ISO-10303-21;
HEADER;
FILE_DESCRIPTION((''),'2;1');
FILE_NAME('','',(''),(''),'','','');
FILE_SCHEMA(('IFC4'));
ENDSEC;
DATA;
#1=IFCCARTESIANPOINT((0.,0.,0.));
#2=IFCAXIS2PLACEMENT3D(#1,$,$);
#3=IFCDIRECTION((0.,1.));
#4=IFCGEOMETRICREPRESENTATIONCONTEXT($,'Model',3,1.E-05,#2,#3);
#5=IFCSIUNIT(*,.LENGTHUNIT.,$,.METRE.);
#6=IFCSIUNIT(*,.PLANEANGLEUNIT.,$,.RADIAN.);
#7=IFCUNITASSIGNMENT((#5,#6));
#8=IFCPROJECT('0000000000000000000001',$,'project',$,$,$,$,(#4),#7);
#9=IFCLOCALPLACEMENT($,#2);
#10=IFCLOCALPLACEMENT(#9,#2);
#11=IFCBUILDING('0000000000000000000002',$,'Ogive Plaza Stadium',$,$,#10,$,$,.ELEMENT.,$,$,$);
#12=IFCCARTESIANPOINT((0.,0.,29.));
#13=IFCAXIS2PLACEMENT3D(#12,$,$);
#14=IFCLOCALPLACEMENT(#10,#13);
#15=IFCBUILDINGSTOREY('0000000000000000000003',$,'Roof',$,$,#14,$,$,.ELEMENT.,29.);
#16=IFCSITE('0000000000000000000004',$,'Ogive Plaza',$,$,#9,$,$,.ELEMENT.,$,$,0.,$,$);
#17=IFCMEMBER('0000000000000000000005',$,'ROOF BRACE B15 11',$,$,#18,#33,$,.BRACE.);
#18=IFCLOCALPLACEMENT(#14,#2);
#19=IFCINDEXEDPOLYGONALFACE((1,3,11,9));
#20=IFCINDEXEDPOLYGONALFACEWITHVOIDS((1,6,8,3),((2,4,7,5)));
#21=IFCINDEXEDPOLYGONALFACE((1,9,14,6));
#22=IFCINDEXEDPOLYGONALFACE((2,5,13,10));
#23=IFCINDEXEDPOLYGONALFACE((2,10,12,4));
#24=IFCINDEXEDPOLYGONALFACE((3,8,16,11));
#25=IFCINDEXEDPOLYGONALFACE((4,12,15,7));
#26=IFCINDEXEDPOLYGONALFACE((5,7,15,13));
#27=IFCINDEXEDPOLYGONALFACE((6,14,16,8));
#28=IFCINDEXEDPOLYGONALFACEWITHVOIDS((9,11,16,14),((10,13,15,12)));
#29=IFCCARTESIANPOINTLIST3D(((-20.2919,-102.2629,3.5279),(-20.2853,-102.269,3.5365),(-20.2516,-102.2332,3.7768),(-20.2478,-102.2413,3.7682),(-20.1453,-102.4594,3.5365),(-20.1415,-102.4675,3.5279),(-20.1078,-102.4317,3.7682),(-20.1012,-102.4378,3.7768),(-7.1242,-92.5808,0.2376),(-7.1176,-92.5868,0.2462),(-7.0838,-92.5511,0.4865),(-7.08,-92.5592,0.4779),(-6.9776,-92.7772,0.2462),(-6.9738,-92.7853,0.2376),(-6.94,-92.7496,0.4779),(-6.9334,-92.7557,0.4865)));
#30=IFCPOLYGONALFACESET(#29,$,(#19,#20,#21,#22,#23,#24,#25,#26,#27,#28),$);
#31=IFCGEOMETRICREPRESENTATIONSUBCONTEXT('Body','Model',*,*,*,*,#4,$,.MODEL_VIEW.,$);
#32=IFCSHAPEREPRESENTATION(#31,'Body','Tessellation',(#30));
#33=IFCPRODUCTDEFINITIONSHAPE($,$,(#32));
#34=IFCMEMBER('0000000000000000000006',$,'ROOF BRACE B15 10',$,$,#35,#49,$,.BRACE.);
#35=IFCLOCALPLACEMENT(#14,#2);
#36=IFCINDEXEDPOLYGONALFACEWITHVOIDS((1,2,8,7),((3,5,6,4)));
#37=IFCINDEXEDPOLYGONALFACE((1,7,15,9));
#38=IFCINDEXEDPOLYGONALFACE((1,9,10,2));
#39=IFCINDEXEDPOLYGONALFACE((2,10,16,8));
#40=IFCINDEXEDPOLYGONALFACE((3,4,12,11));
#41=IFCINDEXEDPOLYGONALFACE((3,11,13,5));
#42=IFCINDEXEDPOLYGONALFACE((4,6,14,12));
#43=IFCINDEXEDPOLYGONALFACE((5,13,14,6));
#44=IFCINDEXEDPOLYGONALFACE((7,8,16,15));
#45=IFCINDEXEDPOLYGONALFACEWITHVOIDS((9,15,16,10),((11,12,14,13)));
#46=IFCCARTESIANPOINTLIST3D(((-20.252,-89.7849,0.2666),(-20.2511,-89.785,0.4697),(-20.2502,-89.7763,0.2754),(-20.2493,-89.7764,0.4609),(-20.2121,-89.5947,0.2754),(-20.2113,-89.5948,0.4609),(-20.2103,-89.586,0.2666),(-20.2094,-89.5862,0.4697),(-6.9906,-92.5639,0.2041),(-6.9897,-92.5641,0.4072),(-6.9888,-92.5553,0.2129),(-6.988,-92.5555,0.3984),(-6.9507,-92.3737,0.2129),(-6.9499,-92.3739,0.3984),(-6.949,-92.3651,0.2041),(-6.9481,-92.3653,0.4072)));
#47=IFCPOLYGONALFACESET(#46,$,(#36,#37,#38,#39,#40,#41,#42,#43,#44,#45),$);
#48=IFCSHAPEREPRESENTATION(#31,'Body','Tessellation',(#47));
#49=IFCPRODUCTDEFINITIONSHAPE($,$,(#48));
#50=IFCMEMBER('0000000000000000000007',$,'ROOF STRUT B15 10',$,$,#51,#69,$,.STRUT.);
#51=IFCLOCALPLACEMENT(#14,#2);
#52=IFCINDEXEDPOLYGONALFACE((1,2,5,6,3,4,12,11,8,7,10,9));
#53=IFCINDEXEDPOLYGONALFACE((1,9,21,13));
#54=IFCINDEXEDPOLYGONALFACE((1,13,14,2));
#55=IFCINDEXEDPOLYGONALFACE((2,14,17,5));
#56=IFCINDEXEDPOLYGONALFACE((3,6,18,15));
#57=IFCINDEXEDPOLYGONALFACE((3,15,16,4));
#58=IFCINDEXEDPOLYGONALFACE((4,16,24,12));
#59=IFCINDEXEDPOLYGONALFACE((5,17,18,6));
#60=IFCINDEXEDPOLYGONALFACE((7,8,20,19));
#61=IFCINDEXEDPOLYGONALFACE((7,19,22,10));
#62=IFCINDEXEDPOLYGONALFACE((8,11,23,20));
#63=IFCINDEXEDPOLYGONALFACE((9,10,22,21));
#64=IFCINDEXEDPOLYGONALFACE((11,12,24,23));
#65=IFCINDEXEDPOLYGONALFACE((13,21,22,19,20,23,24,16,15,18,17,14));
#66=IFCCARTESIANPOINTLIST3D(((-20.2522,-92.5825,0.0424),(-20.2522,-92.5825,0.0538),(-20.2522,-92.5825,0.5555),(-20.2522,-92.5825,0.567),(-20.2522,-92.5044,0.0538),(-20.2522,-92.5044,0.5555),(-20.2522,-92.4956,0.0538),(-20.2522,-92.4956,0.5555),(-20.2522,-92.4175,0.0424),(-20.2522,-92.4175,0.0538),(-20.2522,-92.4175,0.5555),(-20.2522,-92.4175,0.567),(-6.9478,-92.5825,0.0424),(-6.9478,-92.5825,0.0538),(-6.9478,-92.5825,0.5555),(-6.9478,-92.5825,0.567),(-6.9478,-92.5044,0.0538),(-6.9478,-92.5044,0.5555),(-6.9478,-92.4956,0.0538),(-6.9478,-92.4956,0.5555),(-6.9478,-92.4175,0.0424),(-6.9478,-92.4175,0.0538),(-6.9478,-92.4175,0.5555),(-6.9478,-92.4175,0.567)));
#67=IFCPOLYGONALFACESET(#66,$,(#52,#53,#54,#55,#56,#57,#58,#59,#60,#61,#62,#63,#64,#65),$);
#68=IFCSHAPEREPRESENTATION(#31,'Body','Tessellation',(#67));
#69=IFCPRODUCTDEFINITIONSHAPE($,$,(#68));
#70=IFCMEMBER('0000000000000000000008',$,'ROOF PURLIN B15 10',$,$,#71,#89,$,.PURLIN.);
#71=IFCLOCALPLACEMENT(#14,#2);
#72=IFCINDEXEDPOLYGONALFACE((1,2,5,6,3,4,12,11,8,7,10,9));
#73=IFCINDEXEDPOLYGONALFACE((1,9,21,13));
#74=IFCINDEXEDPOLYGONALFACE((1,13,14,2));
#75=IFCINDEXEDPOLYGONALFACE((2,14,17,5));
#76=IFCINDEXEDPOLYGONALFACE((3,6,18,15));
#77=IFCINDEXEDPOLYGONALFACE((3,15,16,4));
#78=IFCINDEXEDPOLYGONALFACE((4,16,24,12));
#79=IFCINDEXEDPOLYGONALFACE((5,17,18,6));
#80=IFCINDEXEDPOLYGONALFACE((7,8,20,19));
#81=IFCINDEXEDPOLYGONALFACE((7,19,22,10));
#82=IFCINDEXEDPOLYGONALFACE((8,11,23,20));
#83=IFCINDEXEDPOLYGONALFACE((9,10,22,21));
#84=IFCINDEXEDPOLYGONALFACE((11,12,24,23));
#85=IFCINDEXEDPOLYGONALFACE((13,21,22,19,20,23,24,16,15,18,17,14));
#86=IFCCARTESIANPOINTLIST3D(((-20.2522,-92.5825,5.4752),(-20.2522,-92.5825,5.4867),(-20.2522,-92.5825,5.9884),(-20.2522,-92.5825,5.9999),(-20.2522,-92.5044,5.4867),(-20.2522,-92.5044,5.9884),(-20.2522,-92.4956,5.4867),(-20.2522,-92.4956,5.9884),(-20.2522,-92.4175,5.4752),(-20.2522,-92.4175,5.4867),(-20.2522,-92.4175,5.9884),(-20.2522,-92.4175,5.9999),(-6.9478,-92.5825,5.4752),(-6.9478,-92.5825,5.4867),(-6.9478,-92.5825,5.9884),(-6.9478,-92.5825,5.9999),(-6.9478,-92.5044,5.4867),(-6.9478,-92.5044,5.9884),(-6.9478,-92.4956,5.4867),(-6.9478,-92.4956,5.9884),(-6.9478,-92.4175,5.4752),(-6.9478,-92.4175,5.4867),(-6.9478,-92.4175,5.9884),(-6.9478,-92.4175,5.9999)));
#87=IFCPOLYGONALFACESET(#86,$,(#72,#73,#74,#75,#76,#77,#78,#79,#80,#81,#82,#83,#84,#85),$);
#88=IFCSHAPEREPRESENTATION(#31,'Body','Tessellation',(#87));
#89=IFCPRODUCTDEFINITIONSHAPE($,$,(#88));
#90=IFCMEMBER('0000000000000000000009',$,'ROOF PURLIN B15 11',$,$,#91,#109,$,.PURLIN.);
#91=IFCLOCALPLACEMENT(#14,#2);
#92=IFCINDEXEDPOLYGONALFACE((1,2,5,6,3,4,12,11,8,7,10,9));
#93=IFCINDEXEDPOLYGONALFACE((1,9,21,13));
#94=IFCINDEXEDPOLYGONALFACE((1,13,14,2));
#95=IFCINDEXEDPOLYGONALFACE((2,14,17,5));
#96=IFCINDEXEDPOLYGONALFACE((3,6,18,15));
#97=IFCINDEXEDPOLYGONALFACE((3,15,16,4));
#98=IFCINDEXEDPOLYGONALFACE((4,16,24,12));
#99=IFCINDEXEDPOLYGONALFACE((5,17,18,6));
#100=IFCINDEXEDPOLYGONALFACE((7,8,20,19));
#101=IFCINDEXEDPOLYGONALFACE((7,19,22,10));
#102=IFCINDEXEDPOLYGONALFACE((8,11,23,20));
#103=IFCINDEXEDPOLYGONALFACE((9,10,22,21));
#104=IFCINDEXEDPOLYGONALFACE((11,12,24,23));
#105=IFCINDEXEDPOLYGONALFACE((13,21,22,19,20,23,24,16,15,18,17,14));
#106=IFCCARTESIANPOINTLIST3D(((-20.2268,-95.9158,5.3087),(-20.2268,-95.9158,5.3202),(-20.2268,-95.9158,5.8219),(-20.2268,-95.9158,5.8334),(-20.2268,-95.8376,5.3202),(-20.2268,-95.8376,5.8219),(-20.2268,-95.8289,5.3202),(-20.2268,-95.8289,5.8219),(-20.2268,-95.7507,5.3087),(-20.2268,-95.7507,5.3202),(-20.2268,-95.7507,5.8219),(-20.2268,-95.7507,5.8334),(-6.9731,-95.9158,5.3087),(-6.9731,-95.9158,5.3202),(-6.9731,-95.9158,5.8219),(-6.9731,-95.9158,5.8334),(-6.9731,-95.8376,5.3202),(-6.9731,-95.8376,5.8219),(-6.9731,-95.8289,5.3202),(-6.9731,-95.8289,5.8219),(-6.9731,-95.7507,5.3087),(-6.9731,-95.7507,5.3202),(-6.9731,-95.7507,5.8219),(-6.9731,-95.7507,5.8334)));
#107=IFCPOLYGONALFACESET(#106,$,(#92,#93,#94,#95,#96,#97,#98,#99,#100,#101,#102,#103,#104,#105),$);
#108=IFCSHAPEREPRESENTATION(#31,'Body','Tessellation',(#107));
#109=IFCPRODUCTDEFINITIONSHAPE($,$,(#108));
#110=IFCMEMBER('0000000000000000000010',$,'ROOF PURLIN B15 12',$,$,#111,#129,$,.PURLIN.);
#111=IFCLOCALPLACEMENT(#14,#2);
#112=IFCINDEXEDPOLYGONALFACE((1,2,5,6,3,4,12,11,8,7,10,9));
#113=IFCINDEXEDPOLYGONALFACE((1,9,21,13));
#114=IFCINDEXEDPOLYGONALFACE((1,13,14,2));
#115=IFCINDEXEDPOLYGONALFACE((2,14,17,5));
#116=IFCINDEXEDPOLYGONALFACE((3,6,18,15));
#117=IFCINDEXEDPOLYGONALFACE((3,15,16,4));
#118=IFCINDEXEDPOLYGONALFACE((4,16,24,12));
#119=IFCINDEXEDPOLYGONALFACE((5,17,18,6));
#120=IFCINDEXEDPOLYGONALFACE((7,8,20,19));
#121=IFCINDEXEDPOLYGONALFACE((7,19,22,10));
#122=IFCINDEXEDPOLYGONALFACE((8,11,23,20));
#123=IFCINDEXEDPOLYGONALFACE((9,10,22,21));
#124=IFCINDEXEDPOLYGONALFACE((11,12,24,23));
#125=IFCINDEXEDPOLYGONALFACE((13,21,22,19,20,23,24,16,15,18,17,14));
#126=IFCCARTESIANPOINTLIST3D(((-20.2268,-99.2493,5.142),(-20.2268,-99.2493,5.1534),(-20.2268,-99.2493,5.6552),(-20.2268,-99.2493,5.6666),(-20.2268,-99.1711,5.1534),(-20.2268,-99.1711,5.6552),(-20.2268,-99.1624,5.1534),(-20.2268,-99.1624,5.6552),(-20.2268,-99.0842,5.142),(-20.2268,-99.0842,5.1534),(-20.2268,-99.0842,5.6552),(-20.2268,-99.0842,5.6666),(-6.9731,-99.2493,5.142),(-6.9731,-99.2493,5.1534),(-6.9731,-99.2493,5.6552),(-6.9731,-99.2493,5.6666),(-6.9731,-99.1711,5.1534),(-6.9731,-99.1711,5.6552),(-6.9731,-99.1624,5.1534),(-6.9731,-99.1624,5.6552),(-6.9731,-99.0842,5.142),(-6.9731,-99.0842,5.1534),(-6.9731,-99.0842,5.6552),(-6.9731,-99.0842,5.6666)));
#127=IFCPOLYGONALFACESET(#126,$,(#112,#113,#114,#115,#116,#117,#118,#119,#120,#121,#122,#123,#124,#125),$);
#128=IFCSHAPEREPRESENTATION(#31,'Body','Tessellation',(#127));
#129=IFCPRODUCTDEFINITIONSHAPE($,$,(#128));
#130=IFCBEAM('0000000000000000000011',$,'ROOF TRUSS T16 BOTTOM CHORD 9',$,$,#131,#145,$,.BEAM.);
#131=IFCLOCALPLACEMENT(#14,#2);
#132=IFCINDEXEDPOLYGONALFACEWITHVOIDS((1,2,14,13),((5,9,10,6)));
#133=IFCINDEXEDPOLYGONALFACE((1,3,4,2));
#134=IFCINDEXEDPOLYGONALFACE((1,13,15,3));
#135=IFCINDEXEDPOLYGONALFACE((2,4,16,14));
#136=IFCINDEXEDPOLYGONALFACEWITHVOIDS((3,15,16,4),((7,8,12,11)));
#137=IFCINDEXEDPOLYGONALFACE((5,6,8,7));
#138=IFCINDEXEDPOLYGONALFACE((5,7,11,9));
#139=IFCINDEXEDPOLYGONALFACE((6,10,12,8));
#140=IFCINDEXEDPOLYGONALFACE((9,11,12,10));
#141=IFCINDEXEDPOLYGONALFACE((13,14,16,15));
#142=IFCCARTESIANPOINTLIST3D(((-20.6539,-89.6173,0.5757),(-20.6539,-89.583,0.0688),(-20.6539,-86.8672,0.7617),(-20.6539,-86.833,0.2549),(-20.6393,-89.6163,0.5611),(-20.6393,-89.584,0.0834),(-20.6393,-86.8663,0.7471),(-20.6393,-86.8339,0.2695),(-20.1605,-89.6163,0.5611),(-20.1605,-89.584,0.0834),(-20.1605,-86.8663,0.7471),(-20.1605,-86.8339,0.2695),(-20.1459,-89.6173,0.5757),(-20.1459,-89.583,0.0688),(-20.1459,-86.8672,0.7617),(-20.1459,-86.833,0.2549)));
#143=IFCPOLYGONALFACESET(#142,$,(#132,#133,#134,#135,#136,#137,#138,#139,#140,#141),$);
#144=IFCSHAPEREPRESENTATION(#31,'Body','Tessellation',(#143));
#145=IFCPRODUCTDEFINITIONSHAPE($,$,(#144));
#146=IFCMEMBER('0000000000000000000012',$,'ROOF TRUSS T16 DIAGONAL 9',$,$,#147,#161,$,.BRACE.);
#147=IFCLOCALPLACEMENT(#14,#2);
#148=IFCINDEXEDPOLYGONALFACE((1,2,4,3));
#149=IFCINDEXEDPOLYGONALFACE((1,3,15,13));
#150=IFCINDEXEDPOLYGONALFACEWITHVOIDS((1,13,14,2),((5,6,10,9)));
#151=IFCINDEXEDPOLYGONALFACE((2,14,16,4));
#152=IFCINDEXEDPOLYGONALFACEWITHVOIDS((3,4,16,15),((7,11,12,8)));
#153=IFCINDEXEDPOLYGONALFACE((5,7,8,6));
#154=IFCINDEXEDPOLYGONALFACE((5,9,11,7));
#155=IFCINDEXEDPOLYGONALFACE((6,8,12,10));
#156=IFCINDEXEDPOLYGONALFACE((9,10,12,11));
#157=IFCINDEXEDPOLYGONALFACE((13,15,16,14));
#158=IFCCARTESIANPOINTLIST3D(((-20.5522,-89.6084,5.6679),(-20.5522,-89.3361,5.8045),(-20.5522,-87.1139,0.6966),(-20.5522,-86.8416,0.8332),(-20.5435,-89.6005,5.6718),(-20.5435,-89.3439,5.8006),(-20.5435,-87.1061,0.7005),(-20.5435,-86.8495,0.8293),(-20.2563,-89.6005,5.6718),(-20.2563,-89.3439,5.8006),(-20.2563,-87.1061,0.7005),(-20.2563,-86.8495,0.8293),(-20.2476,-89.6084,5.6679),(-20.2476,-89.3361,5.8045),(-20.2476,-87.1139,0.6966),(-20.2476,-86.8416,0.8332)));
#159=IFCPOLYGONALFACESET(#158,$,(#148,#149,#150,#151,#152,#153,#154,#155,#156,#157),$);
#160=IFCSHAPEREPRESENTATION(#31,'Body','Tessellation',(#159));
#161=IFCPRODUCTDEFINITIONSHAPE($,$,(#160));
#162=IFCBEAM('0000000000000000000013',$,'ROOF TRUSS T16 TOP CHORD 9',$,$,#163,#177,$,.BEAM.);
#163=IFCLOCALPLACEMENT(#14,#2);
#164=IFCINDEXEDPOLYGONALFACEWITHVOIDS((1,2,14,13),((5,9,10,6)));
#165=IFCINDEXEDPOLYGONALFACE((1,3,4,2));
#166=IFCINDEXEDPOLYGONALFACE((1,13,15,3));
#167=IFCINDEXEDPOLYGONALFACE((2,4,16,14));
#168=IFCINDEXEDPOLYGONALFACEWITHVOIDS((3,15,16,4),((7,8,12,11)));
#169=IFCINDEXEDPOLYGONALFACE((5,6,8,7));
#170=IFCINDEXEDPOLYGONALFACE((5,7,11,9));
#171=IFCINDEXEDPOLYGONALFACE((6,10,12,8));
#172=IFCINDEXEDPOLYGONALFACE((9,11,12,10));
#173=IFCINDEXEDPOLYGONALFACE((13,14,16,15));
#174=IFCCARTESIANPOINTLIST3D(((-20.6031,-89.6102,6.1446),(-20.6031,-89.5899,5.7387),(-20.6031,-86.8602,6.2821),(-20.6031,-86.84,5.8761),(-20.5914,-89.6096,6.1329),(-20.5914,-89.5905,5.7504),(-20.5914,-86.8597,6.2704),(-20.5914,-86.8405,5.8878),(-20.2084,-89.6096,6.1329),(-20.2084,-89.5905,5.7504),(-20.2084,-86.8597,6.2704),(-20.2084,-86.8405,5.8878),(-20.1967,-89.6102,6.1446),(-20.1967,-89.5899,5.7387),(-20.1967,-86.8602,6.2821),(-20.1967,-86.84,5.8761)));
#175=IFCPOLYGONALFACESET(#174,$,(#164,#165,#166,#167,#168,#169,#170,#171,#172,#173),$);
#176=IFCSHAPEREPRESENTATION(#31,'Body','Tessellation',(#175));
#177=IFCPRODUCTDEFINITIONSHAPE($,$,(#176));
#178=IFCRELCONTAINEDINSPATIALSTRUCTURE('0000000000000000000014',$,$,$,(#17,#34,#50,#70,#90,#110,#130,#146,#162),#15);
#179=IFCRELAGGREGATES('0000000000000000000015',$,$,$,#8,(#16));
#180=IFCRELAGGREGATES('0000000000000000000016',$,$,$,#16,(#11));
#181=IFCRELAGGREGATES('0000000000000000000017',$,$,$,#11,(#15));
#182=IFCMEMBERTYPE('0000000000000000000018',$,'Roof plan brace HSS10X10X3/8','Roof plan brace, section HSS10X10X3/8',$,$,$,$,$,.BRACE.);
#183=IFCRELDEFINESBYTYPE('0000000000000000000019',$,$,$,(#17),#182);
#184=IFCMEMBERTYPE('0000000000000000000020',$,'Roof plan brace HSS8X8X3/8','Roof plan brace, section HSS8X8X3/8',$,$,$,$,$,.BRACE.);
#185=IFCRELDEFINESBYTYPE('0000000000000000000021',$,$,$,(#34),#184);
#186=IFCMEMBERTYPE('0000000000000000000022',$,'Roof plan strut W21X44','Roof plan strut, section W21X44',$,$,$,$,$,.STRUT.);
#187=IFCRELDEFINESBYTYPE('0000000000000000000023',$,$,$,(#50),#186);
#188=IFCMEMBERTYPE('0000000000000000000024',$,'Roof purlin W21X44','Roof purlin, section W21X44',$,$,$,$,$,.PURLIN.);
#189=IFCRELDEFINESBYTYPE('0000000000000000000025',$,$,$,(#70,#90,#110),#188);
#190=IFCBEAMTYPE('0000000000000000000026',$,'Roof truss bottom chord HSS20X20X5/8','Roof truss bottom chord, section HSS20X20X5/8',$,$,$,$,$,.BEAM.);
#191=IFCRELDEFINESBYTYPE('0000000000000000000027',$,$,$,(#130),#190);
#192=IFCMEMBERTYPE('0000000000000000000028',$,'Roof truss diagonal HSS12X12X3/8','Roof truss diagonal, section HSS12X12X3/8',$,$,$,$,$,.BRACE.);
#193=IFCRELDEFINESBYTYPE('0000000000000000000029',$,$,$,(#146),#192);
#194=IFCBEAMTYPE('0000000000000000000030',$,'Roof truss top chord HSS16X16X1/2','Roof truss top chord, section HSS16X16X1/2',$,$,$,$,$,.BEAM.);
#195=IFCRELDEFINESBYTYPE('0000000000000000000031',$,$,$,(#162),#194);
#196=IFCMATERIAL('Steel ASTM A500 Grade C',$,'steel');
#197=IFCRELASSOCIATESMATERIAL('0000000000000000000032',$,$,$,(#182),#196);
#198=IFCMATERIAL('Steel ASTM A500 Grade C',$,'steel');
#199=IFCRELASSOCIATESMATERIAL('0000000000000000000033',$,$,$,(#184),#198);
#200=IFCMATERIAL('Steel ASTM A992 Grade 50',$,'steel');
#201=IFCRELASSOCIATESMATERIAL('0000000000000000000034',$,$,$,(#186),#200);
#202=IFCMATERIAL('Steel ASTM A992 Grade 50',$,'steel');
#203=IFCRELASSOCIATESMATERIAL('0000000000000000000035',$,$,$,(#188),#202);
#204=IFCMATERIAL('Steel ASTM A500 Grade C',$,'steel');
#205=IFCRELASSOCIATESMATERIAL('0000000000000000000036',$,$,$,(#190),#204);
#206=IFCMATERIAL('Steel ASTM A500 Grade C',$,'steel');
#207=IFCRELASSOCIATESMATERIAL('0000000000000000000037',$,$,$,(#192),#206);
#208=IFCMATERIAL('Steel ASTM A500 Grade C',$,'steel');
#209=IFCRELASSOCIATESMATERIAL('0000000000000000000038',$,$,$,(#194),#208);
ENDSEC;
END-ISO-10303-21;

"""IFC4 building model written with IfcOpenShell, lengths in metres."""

from ifc_helpers import new_model, si_unit, direction, frame, origin, origin_2d, place, context, subcontext, project, spatial, hollow_rectangle, i_section, extrude, material, material_profile, profile_set, type_object, element, save


model = new_model("IFC4")

# Units and contexts
model_context = context("Model", 3, precision=1e-05, world=origin(), true_north=direction((0.0, 1.0)))
body_context = subcontext(model_context, "Body", "Model", "MODEL_VIEW")
ifc_project = project(units=[si_unit("LENGTHUNIT", "METRE"), si_unit("PLANEANGLEUNIT", "RADIAN")], contexts=[model_context])

# Site, building, storey
site_placement = place(None, origin())
site = spatial("IfcSite", under=ifc_project, at=site_placement, Name="Ogive Plaza", CompositionType="ELEMENT", RefElevation=0.0)
building_placement = place(site_placement, origin())
building = spatial("IfcBuilding", under=site, at=building_placement, Name="Ogive Plaza Stadium", CompositionType="ELEMENT")
storey_placement = place(building_placement, frame((0.0, 0.0, 29.0)))
storey = spatial("IfcBuildingStorey", under=building, at=storey_placement, Name="Roof", CompositionType="ELEMENT", Elevation=29.0)

# Members
ifc_material_1 = material(Name="Steel ASTM A500 Grade C", Category="steel")
ifc_material_profile_1 = material_profile(ifc_material_1, hollow_rectangle(XDim=0.2539, YDim=0.2539, WallThickness=0.0088, at=origin_2d()), Name="HSS10X10X3/8")
ifc_profile_set_1 = profile_set([ifc_material_profile_1], Name="Steel ASTM A500 Grade C")
member_type_1 = type_object("IfcMemberType", Name="Roof plan brace HSS10X10X3/8", Description="Roof plan brace, section HSS10X10X3/8", PredefinedType="BRACE", material=ifc_profile_set_1)
member_1_placement = place(storey_placement, frame((-7.0288, -92.6682, 0.3621), z_axis=(-0.789807, -0.580739, 0.197353), x_axis=(0.59239, -0.805652, 0.0)))
element("IfcMember", 1, at=member_1_placement, inside=storey, type_object=member_type_1, Name="ROOF BRACE B15 11", PredefinedType="BRACE", context=body_context, shape_type="SweptSolid", body=[
    extrude(hollow_rectangle(XDim=0.2539, YDim=0.2539, WallThickness=0.0088, at=origin_2d()), origin(), (0.0, 0.0, 1.0), 16.6721),
])
ifc_material_2 = material(Name="Steel ASTM A500 Grade C", Category="steel")
ifc_material_profile_2 = material_profile(ifc_material_2, hollow_rectangle(XDim=0.2031, YDim=0.2031, WallThickness=0.0088, at=origin_2d()), Name="HSS8X8X3/8")
ifc_profile_set_2 = profile_set([ifc_material_profile_2], Name="Steel ASTM A500 Grade C")
member_type_2 = type_object("IfcMemberType", Name="Roof plan brace HSS8X8X3/8", Description="Roof plan brace, section HSS8X8X3/8", PredefinedType="BRACE", material=ifc_profile_set_2)
member_2_placement = place(storey_placement, frame((-20.2307, -89.6855, 0.3682), z_axis=(0.97873, -0.205101, -0.004613), x_axis=(0.205103, 0.97874, 0.0)))
element("IfcMember", 2, at=member_2_placement, inside=storey, type_object=member_type_2, Name="ROOF BRACE B15 10", PredefinedType="BRACE", context=body_context, shape_type="SweptSolid", body=[
    extrude(hollow_rectangle(XDim=0.2031, YDim=0.2031, WallThickness=0.0088, at=origin_2d()), origin(), (0.0, 0.0, 1.0), 13.5496),
])
ifc_material_3 = material(Name="Steel ASTM A992 Grade 50", Category="steel")
ifc_material_profile_3 = material_profile(ifc_material_3, i_section(OverallWidth=0.165, OverallDepth=0.5247, WebThickness=0.0088, FlangeThickness=0.0115, at=origin_2d()), Name="W21X44")
ifc_profile_set_3 = profile_set([ifc_material_profile_3], Name="Steel ASTM A992 Grade 50")
member_type_3 = type_object("IfcMemberType", Name="Roof plan strut W21X44", Description="Roof plan strut, section W21X44", PredefinedType="STRUT", material=ifc_profile_set_3)
member_3_placement = place(storey_placement, frame((-6.9478, -92.5, 0.3047), z_axis=(-1.0, 0.0, 0.0), x_axis=(0.0, -1.0, 0.0)))
element("IfcMember", 3, at=member_3_placement, inside=storey, type_object=member_type_3, Name="ROOF STRUT B15 10", PredefinedType="STRUT", context=body_context, shape_type="SweptSolid", body=[
    extrude(i_section(OverallWidth=0.165, OverallDepth=0.5247, WebThickness=0.0088, FlangeThickness=0.0115, at=origin_2d()), origin(), (0.0, 0.0, 1.0), 13.3044),
])
ifc_material_4 = material(Name="Steel ASTM A992 Grade 50", Category="steel")
ifc_material_profile_4 = material_profile(ifc_material_4, i_section(OverallWidth=0.165, OverallDepth=0.5247, WebThickness=0.0088, FlangeThickness=0.0115, at=origin_2d()), Name="W21X44")
ifc_profile_set_4 = profile_set([ifc_material_profile_4], Name="Steel ASTM A992 Grade 50")
member_type_4 = type_object("IfcMemberType", Name="Roof purlin W21X44", Description="Roof purlin, section W21X44", PredefinedType="PURLIN", material=ifc_profile_set_4)
member_4_placement = place(storey_placement, frame((-6.9478, -92.5, 5.7375), z_axis=(-1.0, 0.0, 0.0), x_axis=(0.0, -1.0, 0.0)))
element("IfcMember", 4, at=member_4_placement, inside=storey, type_object=member_type_4, Name="ROOF PURLIN B15 10", PredefinedType="PURLIN", context=body_context, shape_type="SweptSolid", body=[
    extrude(i_section(OverallWidth=0.165, OverallDepth=0.5247, WebThickness=0.0088, FlangeThickness=0.0115, at=origin_2d()), origin(), (0.0, 0.0, 1.0), 13.3044),
])
for number, where, z_axis, x_axis, name in (
    (5, (-6.9731, -95.8333, 5.571), (-1.0, 0.0, 0.0), (0.0, -1.0, 0.0), "ROOF PURLIN B15 11"),
    (6, (-6.9731, -99.1667, 5.4043), (-1.0, 0.0, 0.0), (0.0, -1.0, 0.0), "ROOF PURLIN B15 12"),
):
    element("IfcMember", number, at=place(storey_placement, frame(where, z_axis=z_axis, x_axis=x_axis)), inside=storey, type_object=member_type_4, Name=name, PredefinedType="PURLIN", context=body_context, shape_type="SweptSolid", body=[
        extrude(i_section(OverallWidth=0.165, OverallDepth=0.5247, WebThickness=0.0088, FlangeThickness=0.0115, at=origin_2d()), origin(), (0.0, 0.0, 1.0), 13.2537),
    ])

# Beam
ifc_material_5 = material(Name="Steel ASTM A500 Grade C", Category="steel")
ifc_material_profile_5 = material_profile(ifc_material_5, hollow_rectangle(XDim=0.5081, YDim=0.5081, WallThickness=0.0146, at=origin_2d()), Name="HSS20X20X5/8")
ifc_profile_set_5 = profile_set([ifc_material_profile_5], Name="Steel ASTM A500 Grade C")
beam_type_1 = type_object("IfcBeamType", Name="Roof truss bottom chord HSS20X20X5/8", Description="Roof truss bottom chord, section HSS20X20X5/8", PredefinedType="BEAM", material=ifc_profile_set_5)
beam_1_placement = place(storey_placement, frame((-20.3999, -86.8501, 0.5083), z_axis=(0.0, -0.99772, -0.067495), x_axis=(1.0, 0.0, 0.0)))
element("IfcBeam", 7, at=beam_1_placement, inside=storey, type_object=beam_type_1, Name="ROOF TRUSS T16 BOTTOM CHORD 9", PredefinedType="BEAM", context=body_context, shape_type="SweptSolid", body=[
    extrude(hollow_rectangle(XDim=0.5081, YDim=0.5081, WallThickness=0.0146, at=origin_2d()), origin(), (0.0, 0.0, 1.0), 2.7563),
])

# Member
ifc_material_6 = material(Name="Steel ASTM A500 Grade C", Category="steel")
ifc_material_profile_6 = material_profile(ifc_material_6, hollow_rectangle(XDim=0.3047, YDim=0.3047, WallThickness=0.0088, at=origin_2d()), Name="HSS12X12X3/8")
ifc_profile_set_6 = profile_set([ifc_material_profile_6], Name="Steel ASTM A500 Grade C")
member_type_5 = type_object("IfcMemberType", Name="Roof truss diagonal HSS12X12X3/8", Description="Roof truss diagonal, section HSS12X12X3/8", PredefinedType="BRACE", material=ifc_profile_set_6)
member_5_placement = place(storey_placement, frame((-20.3999, -86.9778, 0.7649), z_axis=(0.0, -0.448477, 0.893794), x_axis=(1.0, 0.0, 0.0)))
element("IfcMember", 8, at=member_5_placement, inside=storey, type_object=member_type_5, Name="ROOF TRUSS T16 DIAGONAL 9", PredefinedType="BRACE", context=body_context, shape_type="SweptSolid", body=[
    extrude(hollow_rectangle(XDim=0.3047, YDim=0.3047, WallThickness=0.0088, at=origin_2d()), origin(), (0.0, 0.0, 1.0), 5.562),
])

# Beam
ifc_material_7 = material(Name="Steel ASTM A500 Grade C", Category="steel")
ifc_material_profile_7 = material_profile(ifc_material_7, hollow_rectangle(XDim=0.4065, YDim=0.4065, WallThickness=0.0117, at=origin_2d()), Name="HSS16X16X1/2")
ifc_profile_set_7 = profile_set([ifc_material_profile_7], Name="Steel ASTM A500 Grade C")
beam_type_2 = type_object("IfcBeamType", Name="Roof truss top chord HSS16X16X1/2", Description="Roof truss top chord, section HSS16X16X1/2", PredefinedType="BEAM", material=ifc_profile_set_7)
beam_2_placement = place(storey_placement, frame((-20.3999, -86.8501, 6.0791), z_axis=(0.0, -0.998753, -0.04992), x_axis=(1.0, 0.0, 0.0)))
element("IfcBeam", 9, at=beam_2_placement, inside=storey, type_object=beam_type_2, Name="ROOF TRUSS T16 TOP CHORD 9", PredefinedType="BEAM", context=body_context, shape_type="SweptSolid", body=[
    extrude(hollow_rectangle(XDim=0.4065, YDim=0.4065, WallThickness=0.0117, at=origin_2d()), origin(), (0.0, 0.0, 1.0), 2.7534),
])

save(model, "model.ifc")
